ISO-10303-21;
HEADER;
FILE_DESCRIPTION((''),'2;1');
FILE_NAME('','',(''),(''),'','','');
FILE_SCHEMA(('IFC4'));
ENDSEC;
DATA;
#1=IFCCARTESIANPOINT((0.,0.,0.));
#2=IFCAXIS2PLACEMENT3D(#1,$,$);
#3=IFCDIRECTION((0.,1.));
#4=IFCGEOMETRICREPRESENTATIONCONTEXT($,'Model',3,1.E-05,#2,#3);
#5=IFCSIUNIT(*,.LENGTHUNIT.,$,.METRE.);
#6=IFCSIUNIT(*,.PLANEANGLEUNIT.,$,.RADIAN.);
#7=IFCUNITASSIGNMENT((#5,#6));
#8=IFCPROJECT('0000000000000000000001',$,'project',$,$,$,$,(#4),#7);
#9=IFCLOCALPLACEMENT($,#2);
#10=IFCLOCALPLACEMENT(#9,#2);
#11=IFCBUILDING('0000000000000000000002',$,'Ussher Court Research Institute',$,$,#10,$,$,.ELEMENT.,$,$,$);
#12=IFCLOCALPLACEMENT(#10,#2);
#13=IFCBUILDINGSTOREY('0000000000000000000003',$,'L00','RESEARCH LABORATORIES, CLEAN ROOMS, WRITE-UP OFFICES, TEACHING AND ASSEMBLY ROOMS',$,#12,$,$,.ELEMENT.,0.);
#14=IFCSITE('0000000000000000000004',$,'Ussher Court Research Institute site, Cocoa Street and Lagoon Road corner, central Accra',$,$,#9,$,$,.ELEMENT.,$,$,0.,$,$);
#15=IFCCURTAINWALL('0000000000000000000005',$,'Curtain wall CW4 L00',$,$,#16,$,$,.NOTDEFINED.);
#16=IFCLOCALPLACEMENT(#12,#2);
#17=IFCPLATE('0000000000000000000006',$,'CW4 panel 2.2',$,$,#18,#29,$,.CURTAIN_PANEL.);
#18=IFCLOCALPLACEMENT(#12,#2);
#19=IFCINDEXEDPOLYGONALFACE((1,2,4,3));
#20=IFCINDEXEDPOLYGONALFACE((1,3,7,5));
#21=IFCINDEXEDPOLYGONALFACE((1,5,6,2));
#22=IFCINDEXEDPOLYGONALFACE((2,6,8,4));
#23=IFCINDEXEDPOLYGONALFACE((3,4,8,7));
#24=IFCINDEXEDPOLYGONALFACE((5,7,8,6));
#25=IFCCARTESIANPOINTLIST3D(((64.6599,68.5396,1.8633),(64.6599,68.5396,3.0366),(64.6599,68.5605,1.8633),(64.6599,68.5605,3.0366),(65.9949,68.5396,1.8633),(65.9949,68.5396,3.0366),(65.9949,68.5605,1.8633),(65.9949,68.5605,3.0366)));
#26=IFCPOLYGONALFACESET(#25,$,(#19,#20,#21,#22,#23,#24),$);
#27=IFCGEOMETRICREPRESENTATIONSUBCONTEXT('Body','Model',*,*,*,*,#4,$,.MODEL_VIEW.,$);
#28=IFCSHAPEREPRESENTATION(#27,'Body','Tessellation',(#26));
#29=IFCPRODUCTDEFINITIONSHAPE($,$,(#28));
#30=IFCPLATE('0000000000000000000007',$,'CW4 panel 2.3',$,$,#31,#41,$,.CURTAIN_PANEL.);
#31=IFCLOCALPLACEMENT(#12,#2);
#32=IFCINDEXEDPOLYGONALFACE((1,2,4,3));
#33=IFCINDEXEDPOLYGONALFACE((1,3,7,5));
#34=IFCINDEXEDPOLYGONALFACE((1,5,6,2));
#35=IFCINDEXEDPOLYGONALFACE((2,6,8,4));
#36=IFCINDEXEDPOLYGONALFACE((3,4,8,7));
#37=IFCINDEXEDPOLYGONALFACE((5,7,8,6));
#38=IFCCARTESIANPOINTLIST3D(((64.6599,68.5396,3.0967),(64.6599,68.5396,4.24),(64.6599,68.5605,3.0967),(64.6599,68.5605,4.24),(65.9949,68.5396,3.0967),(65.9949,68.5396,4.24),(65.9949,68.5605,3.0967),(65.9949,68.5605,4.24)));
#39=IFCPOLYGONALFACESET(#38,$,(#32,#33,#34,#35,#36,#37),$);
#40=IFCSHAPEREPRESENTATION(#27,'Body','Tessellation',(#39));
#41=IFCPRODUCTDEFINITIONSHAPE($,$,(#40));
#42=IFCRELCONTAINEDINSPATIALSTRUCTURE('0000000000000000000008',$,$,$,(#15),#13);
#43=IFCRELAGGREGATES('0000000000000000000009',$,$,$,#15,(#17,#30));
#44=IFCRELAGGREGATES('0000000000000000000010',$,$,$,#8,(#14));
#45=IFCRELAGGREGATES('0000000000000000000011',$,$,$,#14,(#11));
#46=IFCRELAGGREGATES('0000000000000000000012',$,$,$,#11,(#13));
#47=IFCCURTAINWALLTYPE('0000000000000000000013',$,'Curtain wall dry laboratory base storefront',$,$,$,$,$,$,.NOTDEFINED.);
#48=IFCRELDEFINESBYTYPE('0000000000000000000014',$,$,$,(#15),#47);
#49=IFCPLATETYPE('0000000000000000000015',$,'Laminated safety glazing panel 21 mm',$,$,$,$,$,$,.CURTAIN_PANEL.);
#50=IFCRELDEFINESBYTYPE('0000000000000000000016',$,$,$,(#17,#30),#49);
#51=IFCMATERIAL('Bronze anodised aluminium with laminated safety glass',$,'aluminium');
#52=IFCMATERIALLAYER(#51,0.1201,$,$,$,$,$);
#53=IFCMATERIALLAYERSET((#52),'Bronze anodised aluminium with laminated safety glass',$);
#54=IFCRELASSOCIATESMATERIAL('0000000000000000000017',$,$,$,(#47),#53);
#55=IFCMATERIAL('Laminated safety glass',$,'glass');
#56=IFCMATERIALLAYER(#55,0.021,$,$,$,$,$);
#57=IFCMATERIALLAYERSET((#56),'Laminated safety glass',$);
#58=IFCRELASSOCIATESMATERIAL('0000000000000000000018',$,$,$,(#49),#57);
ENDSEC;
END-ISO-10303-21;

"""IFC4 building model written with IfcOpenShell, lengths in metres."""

from ifc_helpers import new_model, si_unit, direction, frame, origin, origin_2d, place, context, subcontext, project, spatial, rectangle, extrude, material, layer, layer_set, type_object, element, aggregate, save


model = new_model("IFC4")

# Units and contexts
model_context = context("Model", 3, precision=1e-05, world=origin(), true_north=direction((0.0, 1.0)))
body_context = subcontext(model_context, "Body", "Model", "MODEL_VIEW")
ifc_project = project(units=[si_unit("LENGTHUNIT", "METRE"), si_unit("PLANEANGLEUNIT", "RADIAN")], contexts=[model_context])

# Site, building, storey
site_placement = place(None, origin())
site = spatial("IfcSite", under=ifc_project, at=site_placement, Name="Ussher Court Research Institute site, Cocoa Street and Lagoon Road corner, central Accra", CompositionType="ELEMENT", RefElevation=0.0)
building_placement = place(site_placement, origin())
building = spatial("IfcBuilding", under=site, at=building_placement, Name="Ussher Court Research Institute", CompositionType="ELEMENT")
storey_placement = place(building_placement, origin())
storey = spatial("IfcBuildingStorey", under=building, at=storey_placement, Name="L00", Description="RESEARCH LABORATORIES, CLEAN ROOMS, WRITE-UP OFFICES, TEACHING AND ASSEMBLY ROOMS", CompositionType="ELEMENT", Elevation=0.0)

# Curtain wall
ifc_material_1 = material(Name="Bronze anodised aluminium with laminated safety glass", Category="aluminium")
ifc_layer_1 = layer(ifc_material_1, 0.1201)
ifc_layer_set_1 = layer_set([ifc_layer_1], Name="Bronze anodised aluminium with laminated safety glass")
curtain_wall_type = type_object("IfcCurtainWallType", Name="Curtain wall dry laboratory base storefront", PredefinedType="NOTDEFINED", material=ifc_layer_set_1)
curtain_wall_1_placement = place(storey_placement, origin())
curtain_wall_1 = element("IfcCurtainWall", 1, at=curtain_wall_1_placement, inside=storey, type_object=curtain_wall_type, Name="Curtain wall CW4 L00", PredefinedType="NOTDEFINED")

# Plates
ifc_material_2 = material(Name="Laminated safety glass", Category="glass")
ifc_layer_2 = layer(ifc_material_2, 0.021)
ifc_layer_set_2 = layer_set([ifc_layer_2], Name="Laminated safety glass")
plate_type = type_object("IfcPlateType", Name="Laminated safety glazing panel 21 mm", PredefinedType="CURTAIN_PANEL", material=ifc_layer_set_2)
plate_1_placement = place(storey_placement, frame((65.3274, 68.55, 1.8633), z_axis=(0.0, 0.0, 1.0), x_axis=(-1.0, 0.0, 0.0)))
plate_1 = element("IfcPlate", 2, at=plate_1_placement, type_object=plate_type, Name="CW4 panel 2.2", PredefinedType="CURTAIN_PANEL", context=body_context, shape_type="SweptSolid", body=[
    extrude(rectangle(XDim=1.335, YDim=0.021, at=origin_2d()), origin(), (0.0, 0.0, 1.0), 1.1733),
])
plate_2_placement = place(storey_placement, frame((65.3274, 68.55, 3.0967), z_axis=(0.0, 0.0, 1.0), x_axis=(-1.0, 0.0, 0.0)))
plate_2 = element("IfcPlate", 3, at=plate_2_placement, type_object=plate_type, Name="CW4 panel 2.3", PredefinedType="CURTAIN_PANEL", context=body_context, shape_type="SweptSolid", body=[
    extrude(rectangle(XDim=1.335, YDim=0.021, at=origin_2d()), origin(), (0.0, 0.0, 1.0), 1.1433),
])
aggregate(curtain_wall_1, [plate_1, plate_2])

save(model, "model.ifc")
